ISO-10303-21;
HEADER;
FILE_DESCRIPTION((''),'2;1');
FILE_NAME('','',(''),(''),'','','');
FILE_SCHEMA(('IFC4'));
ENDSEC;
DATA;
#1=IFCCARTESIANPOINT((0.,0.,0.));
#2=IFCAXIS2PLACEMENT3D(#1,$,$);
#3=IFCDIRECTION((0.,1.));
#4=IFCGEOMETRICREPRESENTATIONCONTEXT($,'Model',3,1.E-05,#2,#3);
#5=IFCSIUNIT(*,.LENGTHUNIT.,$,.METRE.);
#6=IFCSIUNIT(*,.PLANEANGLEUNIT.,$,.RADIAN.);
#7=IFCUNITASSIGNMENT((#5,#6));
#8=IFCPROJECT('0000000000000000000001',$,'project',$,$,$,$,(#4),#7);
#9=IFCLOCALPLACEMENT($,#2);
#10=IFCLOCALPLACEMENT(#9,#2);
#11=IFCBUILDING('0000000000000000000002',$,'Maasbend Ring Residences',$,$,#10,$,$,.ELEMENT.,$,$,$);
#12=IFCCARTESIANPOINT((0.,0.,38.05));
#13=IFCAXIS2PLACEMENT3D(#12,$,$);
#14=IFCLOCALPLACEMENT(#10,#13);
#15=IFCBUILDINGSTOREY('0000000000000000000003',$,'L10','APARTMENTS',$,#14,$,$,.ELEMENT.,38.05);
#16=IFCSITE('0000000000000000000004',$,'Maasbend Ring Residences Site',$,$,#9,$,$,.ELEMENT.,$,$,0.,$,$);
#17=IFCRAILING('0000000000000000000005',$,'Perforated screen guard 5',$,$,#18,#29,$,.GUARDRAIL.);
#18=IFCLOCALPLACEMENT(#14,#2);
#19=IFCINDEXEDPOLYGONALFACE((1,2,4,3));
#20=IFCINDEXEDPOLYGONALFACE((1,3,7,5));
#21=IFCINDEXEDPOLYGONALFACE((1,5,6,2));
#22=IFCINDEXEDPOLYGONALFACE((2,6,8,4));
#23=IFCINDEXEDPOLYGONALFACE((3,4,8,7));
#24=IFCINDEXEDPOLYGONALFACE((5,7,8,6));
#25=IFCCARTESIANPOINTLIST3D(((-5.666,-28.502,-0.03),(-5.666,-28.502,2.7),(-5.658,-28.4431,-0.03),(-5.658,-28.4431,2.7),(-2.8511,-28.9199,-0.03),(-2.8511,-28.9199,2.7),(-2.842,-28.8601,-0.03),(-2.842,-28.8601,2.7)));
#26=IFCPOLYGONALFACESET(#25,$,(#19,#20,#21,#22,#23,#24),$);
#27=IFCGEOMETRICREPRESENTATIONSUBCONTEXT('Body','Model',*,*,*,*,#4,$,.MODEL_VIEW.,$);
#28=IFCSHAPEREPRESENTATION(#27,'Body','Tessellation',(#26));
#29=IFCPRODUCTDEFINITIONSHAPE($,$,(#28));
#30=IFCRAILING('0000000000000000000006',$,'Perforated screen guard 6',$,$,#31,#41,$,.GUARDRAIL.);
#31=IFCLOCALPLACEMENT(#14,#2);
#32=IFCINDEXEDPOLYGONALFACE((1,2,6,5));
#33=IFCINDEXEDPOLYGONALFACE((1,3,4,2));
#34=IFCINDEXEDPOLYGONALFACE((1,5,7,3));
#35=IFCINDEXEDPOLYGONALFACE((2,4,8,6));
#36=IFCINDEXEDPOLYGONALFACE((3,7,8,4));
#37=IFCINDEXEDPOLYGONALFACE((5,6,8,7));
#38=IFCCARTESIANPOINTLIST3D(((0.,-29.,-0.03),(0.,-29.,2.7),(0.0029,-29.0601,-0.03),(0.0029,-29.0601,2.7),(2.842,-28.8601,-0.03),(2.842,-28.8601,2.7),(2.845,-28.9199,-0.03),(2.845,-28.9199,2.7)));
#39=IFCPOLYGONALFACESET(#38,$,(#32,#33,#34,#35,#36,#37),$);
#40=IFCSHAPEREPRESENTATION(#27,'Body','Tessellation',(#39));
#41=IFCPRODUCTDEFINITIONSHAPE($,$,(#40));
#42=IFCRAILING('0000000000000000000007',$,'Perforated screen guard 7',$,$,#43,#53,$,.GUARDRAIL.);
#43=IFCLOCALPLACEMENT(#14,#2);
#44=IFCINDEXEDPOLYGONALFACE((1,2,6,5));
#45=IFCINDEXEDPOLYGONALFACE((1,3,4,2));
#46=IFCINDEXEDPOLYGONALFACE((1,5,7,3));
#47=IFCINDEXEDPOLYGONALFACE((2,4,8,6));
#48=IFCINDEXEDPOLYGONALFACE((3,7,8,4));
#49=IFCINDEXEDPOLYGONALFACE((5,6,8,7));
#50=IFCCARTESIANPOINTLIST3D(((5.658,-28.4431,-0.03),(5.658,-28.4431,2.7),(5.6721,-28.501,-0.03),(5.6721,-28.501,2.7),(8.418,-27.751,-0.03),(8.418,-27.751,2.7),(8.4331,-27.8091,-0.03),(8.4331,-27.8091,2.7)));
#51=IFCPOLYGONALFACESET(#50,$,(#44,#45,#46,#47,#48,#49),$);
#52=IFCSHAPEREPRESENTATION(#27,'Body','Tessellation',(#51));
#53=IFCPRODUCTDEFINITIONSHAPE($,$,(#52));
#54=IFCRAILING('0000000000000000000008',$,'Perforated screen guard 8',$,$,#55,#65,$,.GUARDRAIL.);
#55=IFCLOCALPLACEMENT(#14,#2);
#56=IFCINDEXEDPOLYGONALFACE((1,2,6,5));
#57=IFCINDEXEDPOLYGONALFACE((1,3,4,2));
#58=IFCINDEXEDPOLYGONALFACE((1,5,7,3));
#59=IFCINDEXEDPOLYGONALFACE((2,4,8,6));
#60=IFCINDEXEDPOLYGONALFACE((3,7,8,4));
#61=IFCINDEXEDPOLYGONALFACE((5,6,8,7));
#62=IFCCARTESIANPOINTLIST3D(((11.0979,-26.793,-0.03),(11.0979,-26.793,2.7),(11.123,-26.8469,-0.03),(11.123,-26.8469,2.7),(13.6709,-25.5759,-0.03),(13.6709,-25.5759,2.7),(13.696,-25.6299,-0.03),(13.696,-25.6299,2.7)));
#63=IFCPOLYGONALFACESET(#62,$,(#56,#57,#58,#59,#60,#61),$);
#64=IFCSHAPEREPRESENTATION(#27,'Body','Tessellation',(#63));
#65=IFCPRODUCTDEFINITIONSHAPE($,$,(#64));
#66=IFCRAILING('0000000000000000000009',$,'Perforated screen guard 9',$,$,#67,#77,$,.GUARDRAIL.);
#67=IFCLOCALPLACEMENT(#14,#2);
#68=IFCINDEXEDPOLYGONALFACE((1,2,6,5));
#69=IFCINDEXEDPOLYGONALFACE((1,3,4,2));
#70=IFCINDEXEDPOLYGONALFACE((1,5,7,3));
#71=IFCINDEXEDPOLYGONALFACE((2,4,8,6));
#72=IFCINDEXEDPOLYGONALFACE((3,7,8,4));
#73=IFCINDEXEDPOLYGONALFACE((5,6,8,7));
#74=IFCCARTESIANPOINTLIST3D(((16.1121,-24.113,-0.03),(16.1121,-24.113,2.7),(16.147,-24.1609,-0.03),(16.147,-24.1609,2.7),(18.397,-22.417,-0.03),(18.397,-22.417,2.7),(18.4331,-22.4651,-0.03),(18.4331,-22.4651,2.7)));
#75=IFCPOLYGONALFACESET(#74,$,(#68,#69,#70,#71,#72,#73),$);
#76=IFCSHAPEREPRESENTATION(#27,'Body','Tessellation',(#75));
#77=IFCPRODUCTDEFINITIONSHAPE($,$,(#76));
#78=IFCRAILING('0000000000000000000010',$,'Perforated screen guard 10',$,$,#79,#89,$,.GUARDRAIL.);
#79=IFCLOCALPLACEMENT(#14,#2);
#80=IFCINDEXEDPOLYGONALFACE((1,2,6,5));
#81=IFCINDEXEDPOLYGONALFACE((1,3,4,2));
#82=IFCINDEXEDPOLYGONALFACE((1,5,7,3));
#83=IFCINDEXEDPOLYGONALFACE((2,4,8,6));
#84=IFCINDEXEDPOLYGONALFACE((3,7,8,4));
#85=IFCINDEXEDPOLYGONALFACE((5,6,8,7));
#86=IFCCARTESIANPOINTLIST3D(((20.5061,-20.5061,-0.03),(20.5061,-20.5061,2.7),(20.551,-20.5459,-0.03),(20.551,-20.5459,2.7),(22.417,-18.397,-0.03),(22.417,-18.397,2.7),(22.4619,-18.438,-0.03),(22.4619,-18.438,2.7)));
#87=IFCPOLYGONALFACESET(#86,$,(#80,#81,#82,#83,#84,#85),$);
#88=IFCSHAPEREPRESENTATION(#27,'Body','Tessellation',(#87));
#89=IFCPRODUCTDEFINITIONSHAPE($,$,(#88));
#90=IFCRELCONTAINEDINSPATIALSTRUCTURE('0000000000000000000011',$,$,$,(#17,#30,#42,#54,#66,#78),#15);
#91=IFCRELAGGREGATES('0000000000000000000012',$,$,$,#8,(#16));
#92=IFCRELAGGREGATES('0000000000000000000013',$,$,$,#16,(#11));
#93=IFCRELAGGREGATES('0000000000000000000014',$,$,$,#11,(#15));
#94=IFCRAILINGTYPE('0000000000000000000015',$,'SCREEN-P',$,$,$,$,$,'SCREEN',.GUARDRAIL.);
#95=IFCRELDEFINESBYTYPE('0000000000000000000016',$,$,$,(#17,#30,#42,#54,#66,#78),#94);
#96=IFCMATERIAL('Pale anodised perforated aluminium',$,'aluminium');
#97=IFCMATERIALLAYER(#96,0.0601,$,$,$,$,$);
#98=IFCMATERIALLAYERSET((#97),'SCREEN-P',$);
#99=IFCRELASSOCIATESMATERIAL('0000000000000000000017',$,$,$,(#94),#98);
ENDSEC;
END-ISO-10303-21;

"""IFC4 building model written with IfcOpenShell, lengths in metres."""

from ifc_helpers import new_model, si_unit, direction, frame, origin, place, context, subcontext, project, spatial, polyline, outline, extrude, material, layer, layer_set, type_object, element, save


model = new_model("IFC4")

# Units and contexts
model_context = context("Model", 3, precision=1e-05, world=origin(), true_north=direction((0.0, 1.0)))
body_context = subcontext(model_context, "Body", "Model", "MODEL_VIEW")
ifc_project = project(units=[si_unit("LENGTHUNIT", "METRE"), si_unit("PLANEANGLEUNIT", "RADIAN")], contexts=[model_context])

# Site, building, storey
site_placement = place(None, origin())
site = spatial("IfcSite", under=ifc_project, at=site_placement, Name="Maasbend Ring Residences Site", CompositionType="ELEMENT", RefElevation=0.0)
building_placement = place(site_placement, origin())
building = spatial("IfcBuilding", under=site, at=building_placement, Name="Maasbend Ring Residences", CompositionType="ELEMENT")
storey_placement = place(building_placement, frame((0.0, 0.0, 38.05)))
storey = spatial("IfcBuildingStorey", under=building, at=storey_placement, Name="L10", Description="APARTMENTS", CompositionType="ELEMENT", Elevation=38.05)

# Railings
ifc_material_1 = material(Name="Pale anodised perforated aluminium", Category="aluminium")
ifc_layer_1 = layer(ifc_material_1, 0.0601)
ifc_layer_set_1 = layer_set([ifc_layer_1], Name="SCREEN-P")
railing_type = type_object("IfcRailingType", Name="SCREEN-P", ElementType="SCREEN", PredefinedType="GUARDRAIL", material=ifc_layer_set_1)
railing_1_placement = place(storey_placement, frame((0.0, 0.0, -0.03)))
element("IfcRailing", 1, at=railing_1_placement, inside=storey, type_object=railing_type, Name="Perforated screen guard 5", PredefinedType="GUARDRAIL", context=body_context, shape_type="SweptSolid", body=[
    extrude(outline(polyline([(-5.658, -28.4431), (-2.842, -28.8601), (-2.8511, -28.9199), (-5.666, -28.502), (-5.658, -28.4431)])), origin(), (0.0, 0.0, 1.0), 2.73),
])
railing_2_placement = place(storey_placement, frame((0.0, 0.0, -0.03)))
element("IfcRailing", 2, at=railing_2_placement, inside=storey, type_object=railing_type, Name="Perforated screen guard 6", PredefinedType="GUARDRAIL", context=body_context, shape_type="SweptSolid", body=[
    extrude(outline(polyline([(0.0, -29.0), (2.842, -28.8601), (2.845, -28.9199), (0.0029, -29.0601), (0.0, -29.0)])), origin(), (0.0, 0.0, 1.0), 2.73),
])
railing_3_placement = place(storey_placement, frame((0.0, 0.0, -0.03)))
element("IfcRailing", 3, at=railing_3_placement, inside=storey, type_object=railing_type, Name="Perforated screen guard 7", PredefinedType="GUARDRAIL", context=body_context, shape_type="SweptSolid", body=[
    extrude(outline(polyline([(5.658, -28.4431), (8.418, -27.751), (8.4331, -27.8091), (5.6721, -28.501), (5.658, -28.4431)])), origin(), (0.0, 0.0, 1.0), 2.73),
])
railing_4_placement = place(storey_placement, frame((0.0, 0.0, -0.03)))
element("IfcRailing", 4, at=railing_4_placement, inside=storey, type_object=railing_type, Name="Perforated screen guard 8", PredefinedType="GUARDRAIL", context=body_context, shape_type="SweptSolid", body=[
    extrude(outline(polyline([(11.0979, -26.793), (13.6709, -25.5759), (13.696, -25.6299), (11.123, -26.8469), (11.0979, -26.793)])), origin(), (0.0, 0.0, 1.0), 2.73),
])
railing_5_placement = place(storey_placement, frame((0.0, 0.0, -0.03)))
element("IfcRailing", 5, at=railing_5_placement, inside=storey, type_object=railing_type, Name="Perforated screen guard 9", PredefinedType="GUARDRAIL", context=body_context, shape_type="SweptSolid", body=[
    extrude(outline(polyline([(16.1121, -24.113), (18.397, -22.417), (18.4331, -22.4651), (16.147, -24.1609), (16.1121, -24.113)])), origin(), (0.0, 0.0, 1.0), 2.73),
])
railing_6_placement = place(storey_placement, frame((0.0, 0.0, -0.03)))
element("IfcRailing", 6, at=railing_6_placement, inside=storey, type_object=railing_type, Name="Perforated screen guard 10", PredefinedType="GUARDRAIL", context=body_context, shape_type="SweptSolid", body=[
    extrude(outline(polyline([(20.5061, -20.5061), (22.417, -18.397), (22.4619, -18.438), (20.551, -20.5459), (20.5061, -20.5061)])), origin(), (0.0, 0.0, 1.0), 2.73),
])

save(model, "model.ifc")
